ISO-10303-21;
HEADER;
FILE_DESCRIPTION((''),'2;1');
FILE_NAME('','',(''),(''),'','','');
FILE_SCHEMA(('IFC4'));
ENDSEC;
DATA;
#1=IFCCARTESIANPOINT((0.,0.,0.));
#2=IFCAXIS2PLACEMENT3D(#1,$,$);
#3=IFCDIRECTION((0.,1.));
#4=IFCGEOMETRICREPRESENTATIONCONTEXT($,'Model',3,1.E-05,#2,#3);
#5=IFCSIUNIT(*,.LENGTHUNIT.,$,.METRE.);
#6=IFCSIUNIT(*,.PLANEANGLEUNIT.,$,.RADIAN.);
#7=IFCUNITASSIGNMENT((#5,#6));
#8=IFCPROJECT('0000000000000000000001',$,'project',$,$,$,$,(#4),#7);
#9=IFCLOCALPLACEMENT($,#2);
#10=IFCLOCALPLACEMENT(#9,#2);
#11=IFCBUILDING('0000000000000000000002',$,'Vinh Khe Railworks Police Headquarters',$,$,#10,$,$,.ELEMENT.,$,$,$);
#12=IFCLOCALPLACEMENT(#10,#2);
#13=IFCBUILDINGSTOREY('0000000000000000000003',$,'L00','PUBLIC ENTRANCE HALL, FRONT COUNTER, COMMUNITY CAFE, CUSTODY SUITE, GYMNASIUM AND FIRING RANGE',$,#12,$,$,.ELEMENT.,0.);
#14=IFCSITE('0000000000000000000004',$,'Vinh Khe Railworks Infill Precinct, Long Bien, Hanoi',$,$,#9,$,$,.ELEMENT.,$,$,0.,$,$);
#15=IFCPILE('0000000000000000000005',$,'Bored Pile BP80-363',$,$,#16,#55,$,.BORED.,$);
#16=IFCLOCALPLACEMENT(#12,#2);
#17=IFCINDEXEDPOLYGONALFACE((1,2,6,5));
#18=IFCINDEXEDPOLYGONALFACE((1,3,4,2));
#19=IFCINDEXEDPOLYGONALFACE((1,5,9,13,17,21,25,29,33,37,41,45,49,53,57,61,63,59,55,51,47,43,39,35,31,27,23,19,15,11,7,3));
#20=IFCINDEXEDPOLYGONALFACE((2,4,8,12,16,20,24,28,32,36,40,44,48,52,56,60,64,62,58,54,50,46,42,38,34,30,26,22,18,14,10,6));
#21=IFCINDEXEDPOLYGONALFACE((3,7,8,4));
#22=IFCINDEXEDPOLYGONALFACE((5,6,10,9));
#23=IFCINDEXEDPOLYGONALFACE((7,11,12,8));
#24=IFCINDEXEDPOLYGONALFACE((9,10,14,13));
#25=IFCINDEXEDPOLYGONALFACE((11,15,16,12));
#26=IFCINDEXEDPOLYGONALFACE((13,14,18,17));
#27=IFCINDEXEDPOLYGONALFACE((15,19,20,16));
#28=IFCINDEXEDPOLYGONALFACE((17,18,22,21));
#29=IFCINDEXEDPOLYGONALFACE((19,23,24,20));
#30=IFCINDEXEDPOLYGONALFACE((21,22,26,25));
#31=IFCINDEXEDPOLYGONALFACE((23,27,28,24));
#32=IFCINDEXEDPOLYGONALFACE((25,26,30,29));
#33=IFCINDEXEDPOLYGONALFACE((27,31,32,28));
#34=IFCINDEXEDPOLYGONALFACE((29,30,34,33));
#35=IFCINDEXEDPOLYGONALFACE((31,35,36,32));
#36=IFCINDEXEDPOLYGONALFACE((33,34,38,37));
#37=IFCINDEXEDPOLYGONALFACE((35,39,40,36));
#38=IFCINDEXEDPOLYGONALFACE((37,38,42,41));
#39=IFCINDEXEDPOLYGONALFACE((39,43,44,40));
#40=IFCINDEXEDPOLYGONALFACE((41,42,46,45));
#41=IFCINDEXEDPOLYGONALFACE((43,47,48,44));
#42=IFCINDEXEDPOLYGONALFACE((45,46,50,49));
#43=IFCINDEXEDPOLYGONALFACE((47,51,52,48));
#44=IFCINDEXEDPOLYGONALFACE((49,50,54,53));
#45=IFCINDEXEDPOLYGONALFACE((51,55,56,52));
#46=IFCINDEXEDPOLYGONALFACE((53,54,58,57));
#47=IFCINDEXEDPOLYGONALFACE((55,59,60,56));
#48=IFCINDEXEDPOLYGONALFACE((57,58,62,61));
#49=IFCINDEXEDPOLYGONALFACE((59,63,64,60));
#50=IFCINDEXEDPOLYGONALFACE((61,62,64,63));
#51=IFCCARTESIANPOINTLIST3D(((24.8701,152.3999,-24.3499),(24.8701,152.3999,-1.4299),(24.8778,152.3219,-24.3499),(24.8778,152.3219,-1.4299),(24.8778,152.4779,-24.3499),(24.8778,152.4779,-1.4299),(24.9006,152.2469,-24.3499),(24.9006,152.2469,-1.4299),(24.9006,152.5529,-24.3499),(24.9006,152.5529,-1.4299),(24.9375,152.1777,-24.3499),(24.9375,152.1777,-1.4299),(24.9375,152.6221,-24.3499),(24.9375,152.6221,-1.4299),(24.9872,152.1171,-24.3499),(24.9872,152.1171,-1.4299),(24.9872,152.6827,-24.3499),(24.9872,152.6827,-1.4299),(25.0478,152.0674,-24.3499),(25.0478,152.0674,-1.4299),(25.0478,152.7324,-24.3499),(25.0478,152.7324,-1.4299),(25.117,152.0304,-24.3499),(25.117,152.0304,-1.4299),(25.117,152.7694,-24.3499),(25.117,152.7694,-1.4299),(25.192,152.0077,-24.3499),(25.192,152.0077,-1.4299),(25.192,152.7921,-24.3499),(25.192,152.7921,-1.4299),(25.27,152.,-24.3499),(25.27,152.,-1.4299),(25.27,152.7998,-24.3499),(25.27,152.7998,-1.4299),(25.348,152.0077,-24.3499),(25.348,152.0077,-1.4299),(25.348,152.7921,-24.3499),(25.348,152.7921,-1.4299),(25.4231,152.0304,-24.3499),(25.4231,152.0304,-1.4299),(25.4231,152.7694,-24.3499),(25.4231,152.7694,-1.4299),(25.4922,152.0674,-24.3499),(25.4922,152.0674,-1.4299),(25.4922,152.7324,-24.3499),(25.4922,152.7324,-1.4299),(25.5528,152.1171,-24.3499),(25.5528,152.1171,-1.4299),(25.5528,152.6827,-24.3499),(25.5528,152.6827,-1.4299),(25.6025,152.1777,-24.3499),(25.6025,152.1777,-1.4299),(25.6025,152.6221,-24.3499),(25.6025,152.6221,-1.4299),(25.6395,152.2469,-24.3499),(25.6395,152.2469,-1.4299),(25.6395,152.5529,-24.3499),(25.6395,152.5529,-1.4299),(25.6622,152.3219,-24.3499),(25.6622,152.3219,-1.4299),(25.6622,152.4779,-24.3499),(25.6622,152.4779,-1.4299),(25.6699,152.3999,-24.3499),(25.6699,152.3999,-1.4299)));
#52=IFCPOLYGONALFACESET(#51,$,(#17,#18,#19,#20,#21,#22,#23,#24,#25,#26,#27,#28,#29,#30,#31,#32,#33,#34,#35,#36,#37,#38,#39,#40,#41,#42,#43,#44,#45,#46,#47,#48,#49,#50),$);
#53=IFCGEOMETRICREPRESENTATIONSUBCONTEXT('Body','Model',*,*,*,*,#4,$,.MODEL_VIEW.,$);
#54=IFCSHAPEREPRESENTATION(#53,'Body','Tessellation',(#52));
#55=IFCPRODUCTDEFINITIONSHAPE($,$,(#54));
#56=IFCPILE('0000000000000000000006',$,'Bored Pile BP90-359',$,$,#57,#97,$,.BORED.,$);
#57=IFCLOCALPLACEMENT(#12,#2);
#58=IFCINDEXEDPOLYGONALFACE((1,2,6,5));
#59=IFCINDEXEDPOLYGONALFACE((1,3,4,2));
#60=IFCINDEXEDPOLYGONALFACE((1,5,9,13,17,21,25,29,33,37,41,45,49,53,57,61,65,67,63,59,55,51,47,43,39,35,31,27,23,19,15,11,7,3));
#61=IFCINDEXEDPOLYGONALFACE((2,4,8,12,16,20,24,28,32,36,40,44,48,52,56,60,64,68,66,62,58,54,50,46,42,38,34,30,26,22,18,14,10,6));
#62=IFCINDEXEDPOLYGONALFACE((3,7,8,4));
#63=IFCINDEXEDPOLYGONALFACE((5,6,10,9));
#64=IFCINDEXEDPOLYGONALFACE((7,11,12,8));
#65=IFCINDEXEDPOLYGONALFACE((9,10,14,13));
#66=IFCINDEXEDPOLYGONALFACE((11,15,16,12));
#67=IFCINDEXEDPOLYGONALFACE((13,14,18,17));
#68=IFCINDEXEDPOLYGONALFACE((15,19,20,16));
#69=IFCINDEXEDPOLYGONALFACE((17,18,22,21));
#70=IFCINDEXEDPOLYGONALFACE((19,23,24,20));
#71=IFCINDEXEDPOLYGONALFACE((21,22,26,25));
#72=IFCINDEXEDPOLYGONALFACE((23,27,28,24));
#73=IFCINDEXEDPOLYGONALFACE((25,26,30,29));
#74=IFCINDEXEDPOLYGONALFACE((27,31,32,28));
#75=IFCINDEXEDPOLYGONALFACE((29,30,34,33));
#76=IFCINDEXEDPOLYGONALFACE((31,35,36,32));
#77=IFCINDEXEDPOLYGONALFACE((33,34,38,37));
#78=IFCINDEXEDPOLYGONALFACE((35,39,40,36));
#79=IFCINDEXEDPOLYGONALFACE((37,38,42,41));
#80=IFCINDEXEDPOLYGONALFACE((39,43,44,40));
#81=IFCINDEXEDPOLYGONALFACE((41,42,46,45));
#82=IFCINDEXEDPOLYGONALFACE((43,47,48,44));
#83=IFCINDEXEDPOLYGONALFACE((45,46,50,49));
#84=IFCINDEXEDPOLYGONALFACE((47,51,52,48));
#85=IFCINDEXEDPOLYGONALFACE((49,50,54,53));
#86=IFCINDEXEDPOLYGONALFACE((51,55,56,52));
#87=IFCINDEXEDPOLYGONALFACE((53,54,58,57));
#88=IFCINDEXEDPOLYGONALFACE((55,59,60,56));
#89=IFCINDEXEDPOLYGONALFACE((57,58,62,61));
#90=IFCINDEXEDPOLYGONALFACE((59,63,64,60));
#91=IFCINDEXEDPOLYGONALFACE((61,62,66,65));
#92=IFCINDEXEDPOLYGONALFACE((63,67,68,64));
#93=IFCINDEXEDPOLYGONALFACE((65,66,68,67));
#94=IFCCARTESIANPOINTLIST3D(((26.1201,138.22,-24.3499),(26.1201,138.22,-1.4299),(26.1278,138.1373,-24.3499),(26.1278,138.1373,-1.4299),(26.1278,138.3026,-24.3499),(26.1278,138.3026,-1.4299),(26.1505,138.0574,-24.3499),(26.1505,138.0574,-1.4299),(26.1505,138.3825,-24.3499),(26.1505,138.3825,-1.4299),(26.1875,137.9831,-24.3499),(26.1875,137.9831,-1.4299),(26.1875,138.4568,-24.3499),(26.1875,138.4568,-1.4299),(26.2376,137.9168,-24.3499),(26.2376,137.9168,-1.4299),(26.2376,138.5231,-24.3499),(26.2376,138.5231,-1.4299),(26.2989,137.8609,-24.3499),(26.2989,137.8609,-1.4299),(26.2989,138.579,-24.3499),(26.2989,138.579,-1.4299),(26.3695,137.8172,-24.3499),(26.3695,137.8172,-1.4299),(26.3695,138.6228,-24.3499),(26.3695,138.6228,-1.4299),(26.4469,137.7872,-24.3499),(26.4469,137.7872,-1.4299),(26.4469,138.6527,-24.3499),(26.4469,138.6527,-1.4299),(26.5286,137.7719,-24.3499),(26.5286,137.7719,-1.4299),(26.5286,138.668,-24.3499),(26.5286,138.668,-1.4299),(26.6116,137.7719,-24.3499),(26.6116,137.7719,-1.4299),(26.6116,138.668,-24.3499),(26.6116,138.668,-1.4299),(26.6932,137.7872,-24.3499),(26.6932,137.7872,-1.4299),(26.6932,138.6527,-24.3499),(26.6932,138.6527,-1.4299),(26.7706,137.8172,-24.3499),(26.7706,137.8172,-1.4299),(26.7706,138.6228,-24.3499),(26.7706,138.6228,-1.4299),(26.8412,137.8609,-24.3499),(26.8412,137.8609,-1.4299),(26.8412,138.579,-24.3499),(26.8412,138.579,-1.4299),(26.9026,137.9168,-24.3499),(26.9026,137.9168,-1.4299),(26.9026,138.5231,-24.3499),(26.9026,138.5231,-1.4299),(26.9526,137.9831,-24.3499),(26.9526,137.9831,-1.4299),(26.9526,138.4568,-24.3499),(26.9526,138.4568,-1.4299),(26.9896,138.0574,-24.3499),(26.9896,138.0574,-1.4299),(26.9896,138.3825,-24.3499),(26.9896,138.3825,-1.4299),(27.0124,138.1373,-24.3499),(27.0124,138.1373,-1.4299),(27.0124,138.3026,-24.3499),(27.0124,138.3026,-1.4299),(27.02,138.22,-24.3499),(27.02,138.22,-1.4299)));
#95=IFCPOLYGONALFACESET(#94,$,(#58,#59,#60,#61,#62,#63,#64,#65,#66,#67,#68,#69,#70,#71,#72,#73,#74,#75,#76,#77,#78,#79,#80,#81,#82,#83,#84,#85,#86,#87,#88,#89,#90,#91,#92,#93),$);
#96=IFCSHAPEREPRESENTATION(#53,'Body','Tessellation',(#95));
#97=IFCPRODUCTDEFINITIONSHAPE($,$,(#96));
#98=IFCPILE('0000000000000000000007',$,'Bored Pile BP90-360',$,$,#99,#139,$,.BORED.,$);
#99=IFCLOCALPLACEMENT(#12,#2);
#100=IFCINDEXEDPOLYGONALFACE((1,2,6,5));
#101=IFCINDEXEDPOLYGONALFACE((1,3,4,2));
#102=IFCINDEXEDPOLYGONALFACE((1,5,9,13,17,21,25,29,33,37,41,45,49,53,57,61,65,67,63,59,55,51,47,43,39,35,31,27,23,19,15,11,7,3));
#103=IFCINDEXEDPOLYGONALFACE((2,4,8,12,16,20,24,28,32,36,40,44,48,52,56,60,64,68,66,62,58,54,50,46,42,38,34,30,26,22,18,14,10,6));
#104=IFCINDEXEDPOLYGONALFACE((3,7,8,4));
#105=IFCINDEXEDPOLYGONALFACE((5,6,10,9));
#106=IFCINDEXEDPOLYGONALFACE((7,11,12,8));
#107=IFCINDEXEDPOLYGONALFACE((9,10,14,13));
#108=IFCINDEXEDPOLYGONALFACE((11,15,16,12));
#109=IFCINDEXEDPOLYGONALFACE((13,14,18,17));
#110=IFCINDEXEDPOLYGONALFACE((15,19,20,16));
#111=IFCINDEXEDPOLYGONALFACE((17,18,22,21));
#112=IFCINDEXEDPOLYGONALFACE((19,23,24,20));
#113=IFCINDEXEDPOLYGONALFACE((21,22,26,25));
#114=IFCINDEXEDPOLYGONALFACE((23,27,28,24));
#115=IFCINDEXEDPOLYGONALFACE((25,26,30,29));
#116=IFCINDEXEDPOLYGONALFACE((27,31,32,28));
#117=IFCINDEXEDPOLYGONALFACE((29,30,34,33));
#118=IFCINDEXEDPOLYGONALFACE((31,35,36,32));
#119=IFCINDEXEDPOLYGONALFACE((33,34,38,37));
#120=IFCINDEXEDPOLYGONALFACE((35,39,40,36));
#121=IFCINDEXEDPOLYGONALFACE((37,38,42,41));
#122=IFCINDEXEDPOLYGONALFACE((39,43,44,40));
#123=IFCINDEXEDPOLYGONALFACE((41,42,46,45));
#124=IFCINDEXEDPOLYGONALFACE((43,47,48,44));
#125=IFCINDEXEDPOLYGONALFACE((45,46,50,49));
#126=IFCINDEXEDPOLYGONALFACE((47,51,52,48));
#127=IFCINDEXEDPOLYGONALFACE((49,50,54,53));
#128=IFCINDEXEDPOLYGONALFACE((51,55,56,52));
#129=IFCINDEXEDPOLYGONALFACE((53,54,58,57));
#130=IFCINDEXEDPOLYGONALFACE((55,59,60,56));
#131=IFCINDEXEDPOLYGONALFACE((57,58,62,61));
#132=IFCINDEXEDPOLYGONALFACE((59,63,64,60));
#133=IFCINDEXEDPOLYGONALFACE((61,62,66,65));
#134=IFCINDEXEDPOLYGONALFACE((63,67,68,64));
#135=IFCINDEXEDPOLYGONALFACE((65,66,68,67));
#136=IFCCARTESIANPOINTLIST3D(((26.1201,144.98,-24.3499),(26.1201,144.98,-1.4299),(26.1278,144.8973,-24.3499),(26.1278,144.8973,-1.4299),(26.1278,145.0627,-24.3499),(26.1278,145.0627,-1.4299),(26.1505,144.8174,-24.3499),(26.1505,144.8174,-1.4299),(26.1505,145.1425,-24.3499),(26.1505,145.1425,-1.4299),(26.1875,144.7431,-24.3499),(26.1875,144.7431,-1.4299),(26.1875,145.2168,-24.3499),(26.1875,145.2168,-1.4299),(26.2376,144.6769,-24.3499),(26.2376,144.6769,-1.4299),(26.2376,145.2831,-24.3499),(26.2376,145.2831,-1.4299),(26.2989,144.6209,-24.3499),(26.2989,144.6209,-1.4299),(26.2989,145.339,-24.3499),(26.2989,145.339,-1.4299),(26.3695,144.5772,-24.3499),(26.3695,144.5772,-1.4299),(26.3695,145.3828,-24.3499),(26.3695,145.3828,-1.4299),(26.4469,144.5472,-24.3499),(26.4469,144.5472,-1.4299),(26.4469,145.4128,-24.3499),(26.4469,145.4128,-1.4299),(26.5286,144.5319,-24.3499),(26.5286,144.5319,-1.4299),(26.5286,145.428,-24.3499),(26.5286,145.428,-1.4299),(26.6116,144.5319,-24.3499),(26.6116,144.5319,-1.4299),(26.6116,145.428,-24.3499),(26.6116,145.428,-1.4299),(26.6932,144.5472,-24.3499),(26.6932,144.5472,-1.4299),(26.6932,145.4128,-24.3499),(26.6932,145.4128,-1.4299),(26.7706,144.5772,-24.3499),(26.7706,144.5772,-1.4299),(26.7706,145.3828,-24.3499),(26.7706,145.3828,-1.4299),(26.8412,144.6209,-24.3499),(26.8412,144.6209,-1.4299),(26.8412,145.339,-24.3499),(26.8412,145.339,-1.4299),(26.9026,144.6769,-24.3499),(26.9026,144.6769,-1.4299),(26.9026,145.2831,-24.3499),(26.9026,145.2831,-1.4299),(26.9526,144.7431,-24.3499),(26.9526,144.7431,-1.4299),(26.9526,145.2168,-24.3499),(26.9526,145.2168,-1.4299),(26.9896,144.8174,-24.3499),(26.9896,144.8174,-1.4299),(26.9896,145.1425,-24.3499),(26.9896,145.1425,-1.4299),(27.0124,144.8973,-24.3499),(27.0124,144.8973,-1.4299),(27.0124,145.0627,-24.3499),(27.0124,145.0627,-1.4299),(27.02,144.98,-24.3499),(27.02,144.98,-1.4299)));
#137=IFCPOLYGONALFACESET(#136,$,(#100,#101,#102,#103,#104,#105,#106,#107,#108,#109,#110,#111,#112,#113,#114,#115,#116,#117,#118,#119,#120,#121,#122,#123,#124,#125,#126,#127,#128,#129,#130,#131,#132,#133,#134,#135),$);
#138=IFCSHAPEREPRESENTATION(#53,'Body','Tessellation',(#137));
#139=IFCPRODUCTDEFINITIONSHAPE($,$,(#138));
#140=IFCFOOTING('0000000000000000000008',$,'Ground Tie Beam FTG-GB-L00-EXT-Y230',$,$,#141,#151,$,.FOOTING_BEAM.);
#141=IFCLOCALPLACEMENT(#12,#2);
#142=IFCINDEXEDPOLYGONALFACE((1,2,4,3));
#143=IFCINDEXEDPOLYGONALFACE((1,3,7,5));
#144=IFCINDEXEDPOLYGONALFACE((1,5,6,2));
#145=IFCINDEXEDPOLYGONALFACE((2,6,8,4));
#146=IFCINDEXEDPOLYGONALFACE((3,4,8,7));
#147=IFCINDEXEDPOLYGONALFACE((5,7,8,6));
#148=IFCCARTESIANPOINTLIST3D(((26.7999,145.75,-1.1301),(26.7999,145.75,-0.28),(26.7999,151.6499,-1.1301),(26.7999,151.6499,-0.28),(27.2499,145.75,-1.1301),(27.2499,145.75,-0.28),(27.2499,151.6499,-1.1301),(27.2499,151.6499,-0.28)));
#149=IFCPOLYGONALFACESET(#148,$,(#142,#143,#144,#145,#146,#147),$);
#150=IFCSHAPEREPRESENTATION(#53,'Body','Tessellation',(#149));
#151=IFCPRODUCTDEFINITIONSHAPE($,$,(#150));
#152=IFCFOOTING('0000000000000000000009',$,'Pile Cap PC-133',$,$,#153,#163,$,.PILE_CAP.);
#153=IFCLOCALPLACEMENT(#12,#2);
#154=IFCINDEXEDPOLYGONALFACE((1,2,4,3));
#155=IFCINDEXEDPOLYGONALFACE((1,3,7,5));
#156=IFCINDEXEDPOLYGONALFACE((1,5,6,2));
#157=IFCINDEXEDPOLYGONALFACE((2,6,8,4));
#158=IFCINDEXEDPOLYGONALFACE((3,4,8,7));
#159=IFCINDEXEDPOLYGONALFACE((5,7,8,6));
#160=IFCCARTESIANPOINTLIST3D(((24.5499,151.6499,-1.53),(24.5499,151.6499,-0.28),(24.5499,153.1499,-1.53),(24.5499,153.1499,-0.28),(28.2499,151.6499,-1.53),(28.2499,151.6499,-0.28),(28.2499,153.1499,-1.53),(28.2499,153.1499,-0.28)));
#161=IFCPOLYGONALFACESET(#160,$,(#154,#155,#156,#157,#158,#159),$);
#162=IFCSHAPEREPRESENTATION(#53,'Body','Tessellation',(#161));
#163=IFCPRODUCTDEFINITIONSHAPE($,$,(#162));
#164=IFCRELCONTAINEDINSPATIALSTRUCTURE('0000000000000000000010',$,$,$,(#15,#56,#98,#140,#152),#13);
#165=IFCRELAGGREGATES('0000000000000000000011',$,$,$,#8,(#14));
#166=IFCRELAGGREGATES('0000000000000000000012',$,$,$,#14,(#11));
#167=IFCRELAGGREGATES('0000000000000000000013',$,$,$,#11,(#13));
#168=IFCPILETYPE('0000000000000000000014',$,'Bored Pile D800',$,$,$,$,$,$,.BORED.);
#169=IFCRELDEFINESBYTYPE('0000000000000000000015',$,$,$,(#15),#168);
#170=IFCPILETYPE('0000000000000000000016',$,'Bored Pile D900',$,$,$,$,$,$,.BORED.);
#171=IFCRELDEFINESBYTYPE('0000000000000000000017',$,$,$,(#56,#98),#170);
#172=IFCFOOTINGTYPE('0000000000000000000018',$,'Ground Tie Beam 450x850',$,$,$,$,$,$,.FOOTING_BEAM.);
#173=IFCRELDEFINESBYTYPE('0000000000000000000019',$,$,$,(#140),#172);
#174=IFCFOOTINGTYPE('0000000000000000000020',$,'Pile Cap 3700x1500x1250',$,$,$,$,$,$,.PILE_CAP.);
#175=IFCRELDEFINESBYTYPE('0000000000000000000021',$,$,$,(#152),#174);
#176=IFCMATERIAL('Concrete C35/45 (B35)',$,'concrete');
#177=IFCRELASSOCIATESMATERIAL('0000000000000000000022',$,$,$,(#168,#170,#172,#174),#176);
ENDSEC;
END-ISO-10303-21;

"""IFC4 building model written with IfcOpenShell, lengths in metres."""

from ifc_helpers import new_model, si_unit, direction, frame, origin, origin_2d, place, context, subcontext, project, spatial, rectangle, circle, extrude, material, material_profile, profile_set, type_object, element, save


model = new_model("IFC4")

# Units and contexts
model_context = context("Model", 3, precision=1e-05, world=origin(), true_north=direction((0.0, 1.0)))
body_context = subcontext(model_context, "Body", "Model", "MODEL_VIEW")
ifc_project = project(units=[si_unit("LENGTHUNIT", "METRE"), si_unit("PLANEANGLEUNIT", "RADIAN")], contexts=[model_context])

# Site, building, storey
site_placement = place(None, origin())
site = spatial("IfcSite", under=ifc_project, at=site_placement, Name="Vinh Khe Railworks Infill Precinct, Long Bien, Hanoi", CompositionType="ELEMENT", RefElevation=0.0)
building_placement = place(site_placement, origin())
building = spatial("IfcBuilding", under=site, at=building_placement, Name="Vinh Khe Railworks Police Headquarters", CompositionType="ELEMENT")
storey_placement = place(building_placement, origin())
storey = spatial("IfcBuildingStorey", under=building, at=storey_placement, Name="L00", Description="PUBLIC ENTRANCE HALL, FRONT COUNTER, COMMUNITY CAFE, CUSTODY SUITE, GYMNASIUM AND FIRING RANGE", CompositionType="ELEMENT", Elevation=0.0)

# Piles
ifc_material_1 = material(Name="Concrete C35/45 (B35)", Category="concrete")
ifc_material_profile_1 = material_profile(ifc_material_1, circle(Radius=0.3999, at=origin_2d()), Name="BORED PILE D800")
ifc_profile_set_1 = profile_set([ifc_material_profile_1], Name="Concrete C35/45 (B35)")
pile_type_1 = type_object("IfcPileType", Name="Bored Pile D800", PredefinedType="BORED", material=ifc_profile_set_1)
pile_placement = place(storey_placement, frame((25.27, 152.3999, -1.4299), z_axis=(0.0, 0.0, -1.0), x_axis=(1.0, 0.0, 0.0)))
element("IfcPile", 1, at=pile_placement, inside=storey, type_object=pile_type_1, Name="Bored Pile BP80-363", PredefinedType="BORED", context=body_context, shape_type="SweptSolid", body=[
    extrude(circle(Radius=0.3999, at=origin_2d()), origin(), (0.0, 0.0, 1.0), 22.9199),
])
ifc_material_profile_2 = material_profile(ifc_material_1, circle(Radius=0.45, at=origin_2d()), Name="BORED PILE D900")
ifc_profile_set_2 = profile_set([ifc_material_profile_2], Name="Concrete C35/45 (B35)")
pile_type_2 = type_object("IfcPileType", Name="Bored Pile D900", PredefinedType="BORED", material=ifc_profile_set_2)
for number, where, z_axis, x_axis, name in (
    (2, (26.5701, 138.22, -1.4299), (0.0, 0.0, -1.0), (1.0, 0.0, 0.0), "Bored Pile BP90-359"),
    (3, (26.5701, 144.98, -1.4299), (0.0, 0.0, -1.0), (1.0, 0.0, 0.0), "Bored Pile BP90-360"),
):
    element("IfcPile", number, at=place(storey_placement, frame(where, z_axis=z_axis, x_axis=x_axis)), inside=storey, type_object=pile_type_2, Name=name, PredefinedType="BORED", context=body_context, shape_type="SweptSolid", body=[
        extrude(circle(Radius=0.45, at=origin_2d()), origin(), (0.0, 0.0, 1.0), 22.9199),
    ])

# Footings
ifc_material_profile_3 = material_profile(ifc_material_1, rectangle(XDim=0.45, YDim=0.8501, at=origin_2d()), Name="RC 450x850")
ifc_profile_set_3 = profile_set([ifc_material_profile_3], Name="Concrete C35/45 (B35)")
footing_type_1 = type_object("IfcFootingType", Name="Ground Tie Beam 450x850", PredefinedType="FOOTING_BEAM", material=ifc_profile_set_3)
footing_1_placement = place(storey_placement, frame((27.0249, 145.75, -0.7051), z_axis=(0.0, 1.0, 0.0), x_axis=(-1.0, 0.0, 0.0)))
element("IfcFooting", 4, at=footing_1_placement, inside=storey, type_object=footing_type_1, Name="Ground Tie Beam FTG-GB-L00-EXT-Y230", PredefinedType="FOOTING_BEAM", context=body_context, shape_type="SweptSolid", body=[
    extrude(rectangle(XDim=0.45, YDim=0.8501, at=origin_2d()), origin(), (0.0, 0.0, 1.0), 5.8999),
])
footing_type_2 = type_object("IfcFootingType", Name="Pile Cap 3700x1500x1250", PredefinedType="PILE_CAP", material=ifc_material_1)
footing_2_placement = place(storey_placement, frame((26.3999, 152.3999, -1.53), z_axis=(0.0, 0.0, 1.0), x_axis=(1.0, 0.0, 0.0)))
element("IfcFooting", 5, at=footing_2_placement, inside=storey, type_object=footing_type_2, Name="Pile Cap PC-133", PredefinedType="PILE_CAP", context=body_context, shape_type="SweptSolid", body=[
    extrude(rectangle(XDim=3.7, YDim=1.5, at=origin_2d()), origin(), (0.0, 0.0, 1.0), 1.25),
])

save(model, "model.ifc")
